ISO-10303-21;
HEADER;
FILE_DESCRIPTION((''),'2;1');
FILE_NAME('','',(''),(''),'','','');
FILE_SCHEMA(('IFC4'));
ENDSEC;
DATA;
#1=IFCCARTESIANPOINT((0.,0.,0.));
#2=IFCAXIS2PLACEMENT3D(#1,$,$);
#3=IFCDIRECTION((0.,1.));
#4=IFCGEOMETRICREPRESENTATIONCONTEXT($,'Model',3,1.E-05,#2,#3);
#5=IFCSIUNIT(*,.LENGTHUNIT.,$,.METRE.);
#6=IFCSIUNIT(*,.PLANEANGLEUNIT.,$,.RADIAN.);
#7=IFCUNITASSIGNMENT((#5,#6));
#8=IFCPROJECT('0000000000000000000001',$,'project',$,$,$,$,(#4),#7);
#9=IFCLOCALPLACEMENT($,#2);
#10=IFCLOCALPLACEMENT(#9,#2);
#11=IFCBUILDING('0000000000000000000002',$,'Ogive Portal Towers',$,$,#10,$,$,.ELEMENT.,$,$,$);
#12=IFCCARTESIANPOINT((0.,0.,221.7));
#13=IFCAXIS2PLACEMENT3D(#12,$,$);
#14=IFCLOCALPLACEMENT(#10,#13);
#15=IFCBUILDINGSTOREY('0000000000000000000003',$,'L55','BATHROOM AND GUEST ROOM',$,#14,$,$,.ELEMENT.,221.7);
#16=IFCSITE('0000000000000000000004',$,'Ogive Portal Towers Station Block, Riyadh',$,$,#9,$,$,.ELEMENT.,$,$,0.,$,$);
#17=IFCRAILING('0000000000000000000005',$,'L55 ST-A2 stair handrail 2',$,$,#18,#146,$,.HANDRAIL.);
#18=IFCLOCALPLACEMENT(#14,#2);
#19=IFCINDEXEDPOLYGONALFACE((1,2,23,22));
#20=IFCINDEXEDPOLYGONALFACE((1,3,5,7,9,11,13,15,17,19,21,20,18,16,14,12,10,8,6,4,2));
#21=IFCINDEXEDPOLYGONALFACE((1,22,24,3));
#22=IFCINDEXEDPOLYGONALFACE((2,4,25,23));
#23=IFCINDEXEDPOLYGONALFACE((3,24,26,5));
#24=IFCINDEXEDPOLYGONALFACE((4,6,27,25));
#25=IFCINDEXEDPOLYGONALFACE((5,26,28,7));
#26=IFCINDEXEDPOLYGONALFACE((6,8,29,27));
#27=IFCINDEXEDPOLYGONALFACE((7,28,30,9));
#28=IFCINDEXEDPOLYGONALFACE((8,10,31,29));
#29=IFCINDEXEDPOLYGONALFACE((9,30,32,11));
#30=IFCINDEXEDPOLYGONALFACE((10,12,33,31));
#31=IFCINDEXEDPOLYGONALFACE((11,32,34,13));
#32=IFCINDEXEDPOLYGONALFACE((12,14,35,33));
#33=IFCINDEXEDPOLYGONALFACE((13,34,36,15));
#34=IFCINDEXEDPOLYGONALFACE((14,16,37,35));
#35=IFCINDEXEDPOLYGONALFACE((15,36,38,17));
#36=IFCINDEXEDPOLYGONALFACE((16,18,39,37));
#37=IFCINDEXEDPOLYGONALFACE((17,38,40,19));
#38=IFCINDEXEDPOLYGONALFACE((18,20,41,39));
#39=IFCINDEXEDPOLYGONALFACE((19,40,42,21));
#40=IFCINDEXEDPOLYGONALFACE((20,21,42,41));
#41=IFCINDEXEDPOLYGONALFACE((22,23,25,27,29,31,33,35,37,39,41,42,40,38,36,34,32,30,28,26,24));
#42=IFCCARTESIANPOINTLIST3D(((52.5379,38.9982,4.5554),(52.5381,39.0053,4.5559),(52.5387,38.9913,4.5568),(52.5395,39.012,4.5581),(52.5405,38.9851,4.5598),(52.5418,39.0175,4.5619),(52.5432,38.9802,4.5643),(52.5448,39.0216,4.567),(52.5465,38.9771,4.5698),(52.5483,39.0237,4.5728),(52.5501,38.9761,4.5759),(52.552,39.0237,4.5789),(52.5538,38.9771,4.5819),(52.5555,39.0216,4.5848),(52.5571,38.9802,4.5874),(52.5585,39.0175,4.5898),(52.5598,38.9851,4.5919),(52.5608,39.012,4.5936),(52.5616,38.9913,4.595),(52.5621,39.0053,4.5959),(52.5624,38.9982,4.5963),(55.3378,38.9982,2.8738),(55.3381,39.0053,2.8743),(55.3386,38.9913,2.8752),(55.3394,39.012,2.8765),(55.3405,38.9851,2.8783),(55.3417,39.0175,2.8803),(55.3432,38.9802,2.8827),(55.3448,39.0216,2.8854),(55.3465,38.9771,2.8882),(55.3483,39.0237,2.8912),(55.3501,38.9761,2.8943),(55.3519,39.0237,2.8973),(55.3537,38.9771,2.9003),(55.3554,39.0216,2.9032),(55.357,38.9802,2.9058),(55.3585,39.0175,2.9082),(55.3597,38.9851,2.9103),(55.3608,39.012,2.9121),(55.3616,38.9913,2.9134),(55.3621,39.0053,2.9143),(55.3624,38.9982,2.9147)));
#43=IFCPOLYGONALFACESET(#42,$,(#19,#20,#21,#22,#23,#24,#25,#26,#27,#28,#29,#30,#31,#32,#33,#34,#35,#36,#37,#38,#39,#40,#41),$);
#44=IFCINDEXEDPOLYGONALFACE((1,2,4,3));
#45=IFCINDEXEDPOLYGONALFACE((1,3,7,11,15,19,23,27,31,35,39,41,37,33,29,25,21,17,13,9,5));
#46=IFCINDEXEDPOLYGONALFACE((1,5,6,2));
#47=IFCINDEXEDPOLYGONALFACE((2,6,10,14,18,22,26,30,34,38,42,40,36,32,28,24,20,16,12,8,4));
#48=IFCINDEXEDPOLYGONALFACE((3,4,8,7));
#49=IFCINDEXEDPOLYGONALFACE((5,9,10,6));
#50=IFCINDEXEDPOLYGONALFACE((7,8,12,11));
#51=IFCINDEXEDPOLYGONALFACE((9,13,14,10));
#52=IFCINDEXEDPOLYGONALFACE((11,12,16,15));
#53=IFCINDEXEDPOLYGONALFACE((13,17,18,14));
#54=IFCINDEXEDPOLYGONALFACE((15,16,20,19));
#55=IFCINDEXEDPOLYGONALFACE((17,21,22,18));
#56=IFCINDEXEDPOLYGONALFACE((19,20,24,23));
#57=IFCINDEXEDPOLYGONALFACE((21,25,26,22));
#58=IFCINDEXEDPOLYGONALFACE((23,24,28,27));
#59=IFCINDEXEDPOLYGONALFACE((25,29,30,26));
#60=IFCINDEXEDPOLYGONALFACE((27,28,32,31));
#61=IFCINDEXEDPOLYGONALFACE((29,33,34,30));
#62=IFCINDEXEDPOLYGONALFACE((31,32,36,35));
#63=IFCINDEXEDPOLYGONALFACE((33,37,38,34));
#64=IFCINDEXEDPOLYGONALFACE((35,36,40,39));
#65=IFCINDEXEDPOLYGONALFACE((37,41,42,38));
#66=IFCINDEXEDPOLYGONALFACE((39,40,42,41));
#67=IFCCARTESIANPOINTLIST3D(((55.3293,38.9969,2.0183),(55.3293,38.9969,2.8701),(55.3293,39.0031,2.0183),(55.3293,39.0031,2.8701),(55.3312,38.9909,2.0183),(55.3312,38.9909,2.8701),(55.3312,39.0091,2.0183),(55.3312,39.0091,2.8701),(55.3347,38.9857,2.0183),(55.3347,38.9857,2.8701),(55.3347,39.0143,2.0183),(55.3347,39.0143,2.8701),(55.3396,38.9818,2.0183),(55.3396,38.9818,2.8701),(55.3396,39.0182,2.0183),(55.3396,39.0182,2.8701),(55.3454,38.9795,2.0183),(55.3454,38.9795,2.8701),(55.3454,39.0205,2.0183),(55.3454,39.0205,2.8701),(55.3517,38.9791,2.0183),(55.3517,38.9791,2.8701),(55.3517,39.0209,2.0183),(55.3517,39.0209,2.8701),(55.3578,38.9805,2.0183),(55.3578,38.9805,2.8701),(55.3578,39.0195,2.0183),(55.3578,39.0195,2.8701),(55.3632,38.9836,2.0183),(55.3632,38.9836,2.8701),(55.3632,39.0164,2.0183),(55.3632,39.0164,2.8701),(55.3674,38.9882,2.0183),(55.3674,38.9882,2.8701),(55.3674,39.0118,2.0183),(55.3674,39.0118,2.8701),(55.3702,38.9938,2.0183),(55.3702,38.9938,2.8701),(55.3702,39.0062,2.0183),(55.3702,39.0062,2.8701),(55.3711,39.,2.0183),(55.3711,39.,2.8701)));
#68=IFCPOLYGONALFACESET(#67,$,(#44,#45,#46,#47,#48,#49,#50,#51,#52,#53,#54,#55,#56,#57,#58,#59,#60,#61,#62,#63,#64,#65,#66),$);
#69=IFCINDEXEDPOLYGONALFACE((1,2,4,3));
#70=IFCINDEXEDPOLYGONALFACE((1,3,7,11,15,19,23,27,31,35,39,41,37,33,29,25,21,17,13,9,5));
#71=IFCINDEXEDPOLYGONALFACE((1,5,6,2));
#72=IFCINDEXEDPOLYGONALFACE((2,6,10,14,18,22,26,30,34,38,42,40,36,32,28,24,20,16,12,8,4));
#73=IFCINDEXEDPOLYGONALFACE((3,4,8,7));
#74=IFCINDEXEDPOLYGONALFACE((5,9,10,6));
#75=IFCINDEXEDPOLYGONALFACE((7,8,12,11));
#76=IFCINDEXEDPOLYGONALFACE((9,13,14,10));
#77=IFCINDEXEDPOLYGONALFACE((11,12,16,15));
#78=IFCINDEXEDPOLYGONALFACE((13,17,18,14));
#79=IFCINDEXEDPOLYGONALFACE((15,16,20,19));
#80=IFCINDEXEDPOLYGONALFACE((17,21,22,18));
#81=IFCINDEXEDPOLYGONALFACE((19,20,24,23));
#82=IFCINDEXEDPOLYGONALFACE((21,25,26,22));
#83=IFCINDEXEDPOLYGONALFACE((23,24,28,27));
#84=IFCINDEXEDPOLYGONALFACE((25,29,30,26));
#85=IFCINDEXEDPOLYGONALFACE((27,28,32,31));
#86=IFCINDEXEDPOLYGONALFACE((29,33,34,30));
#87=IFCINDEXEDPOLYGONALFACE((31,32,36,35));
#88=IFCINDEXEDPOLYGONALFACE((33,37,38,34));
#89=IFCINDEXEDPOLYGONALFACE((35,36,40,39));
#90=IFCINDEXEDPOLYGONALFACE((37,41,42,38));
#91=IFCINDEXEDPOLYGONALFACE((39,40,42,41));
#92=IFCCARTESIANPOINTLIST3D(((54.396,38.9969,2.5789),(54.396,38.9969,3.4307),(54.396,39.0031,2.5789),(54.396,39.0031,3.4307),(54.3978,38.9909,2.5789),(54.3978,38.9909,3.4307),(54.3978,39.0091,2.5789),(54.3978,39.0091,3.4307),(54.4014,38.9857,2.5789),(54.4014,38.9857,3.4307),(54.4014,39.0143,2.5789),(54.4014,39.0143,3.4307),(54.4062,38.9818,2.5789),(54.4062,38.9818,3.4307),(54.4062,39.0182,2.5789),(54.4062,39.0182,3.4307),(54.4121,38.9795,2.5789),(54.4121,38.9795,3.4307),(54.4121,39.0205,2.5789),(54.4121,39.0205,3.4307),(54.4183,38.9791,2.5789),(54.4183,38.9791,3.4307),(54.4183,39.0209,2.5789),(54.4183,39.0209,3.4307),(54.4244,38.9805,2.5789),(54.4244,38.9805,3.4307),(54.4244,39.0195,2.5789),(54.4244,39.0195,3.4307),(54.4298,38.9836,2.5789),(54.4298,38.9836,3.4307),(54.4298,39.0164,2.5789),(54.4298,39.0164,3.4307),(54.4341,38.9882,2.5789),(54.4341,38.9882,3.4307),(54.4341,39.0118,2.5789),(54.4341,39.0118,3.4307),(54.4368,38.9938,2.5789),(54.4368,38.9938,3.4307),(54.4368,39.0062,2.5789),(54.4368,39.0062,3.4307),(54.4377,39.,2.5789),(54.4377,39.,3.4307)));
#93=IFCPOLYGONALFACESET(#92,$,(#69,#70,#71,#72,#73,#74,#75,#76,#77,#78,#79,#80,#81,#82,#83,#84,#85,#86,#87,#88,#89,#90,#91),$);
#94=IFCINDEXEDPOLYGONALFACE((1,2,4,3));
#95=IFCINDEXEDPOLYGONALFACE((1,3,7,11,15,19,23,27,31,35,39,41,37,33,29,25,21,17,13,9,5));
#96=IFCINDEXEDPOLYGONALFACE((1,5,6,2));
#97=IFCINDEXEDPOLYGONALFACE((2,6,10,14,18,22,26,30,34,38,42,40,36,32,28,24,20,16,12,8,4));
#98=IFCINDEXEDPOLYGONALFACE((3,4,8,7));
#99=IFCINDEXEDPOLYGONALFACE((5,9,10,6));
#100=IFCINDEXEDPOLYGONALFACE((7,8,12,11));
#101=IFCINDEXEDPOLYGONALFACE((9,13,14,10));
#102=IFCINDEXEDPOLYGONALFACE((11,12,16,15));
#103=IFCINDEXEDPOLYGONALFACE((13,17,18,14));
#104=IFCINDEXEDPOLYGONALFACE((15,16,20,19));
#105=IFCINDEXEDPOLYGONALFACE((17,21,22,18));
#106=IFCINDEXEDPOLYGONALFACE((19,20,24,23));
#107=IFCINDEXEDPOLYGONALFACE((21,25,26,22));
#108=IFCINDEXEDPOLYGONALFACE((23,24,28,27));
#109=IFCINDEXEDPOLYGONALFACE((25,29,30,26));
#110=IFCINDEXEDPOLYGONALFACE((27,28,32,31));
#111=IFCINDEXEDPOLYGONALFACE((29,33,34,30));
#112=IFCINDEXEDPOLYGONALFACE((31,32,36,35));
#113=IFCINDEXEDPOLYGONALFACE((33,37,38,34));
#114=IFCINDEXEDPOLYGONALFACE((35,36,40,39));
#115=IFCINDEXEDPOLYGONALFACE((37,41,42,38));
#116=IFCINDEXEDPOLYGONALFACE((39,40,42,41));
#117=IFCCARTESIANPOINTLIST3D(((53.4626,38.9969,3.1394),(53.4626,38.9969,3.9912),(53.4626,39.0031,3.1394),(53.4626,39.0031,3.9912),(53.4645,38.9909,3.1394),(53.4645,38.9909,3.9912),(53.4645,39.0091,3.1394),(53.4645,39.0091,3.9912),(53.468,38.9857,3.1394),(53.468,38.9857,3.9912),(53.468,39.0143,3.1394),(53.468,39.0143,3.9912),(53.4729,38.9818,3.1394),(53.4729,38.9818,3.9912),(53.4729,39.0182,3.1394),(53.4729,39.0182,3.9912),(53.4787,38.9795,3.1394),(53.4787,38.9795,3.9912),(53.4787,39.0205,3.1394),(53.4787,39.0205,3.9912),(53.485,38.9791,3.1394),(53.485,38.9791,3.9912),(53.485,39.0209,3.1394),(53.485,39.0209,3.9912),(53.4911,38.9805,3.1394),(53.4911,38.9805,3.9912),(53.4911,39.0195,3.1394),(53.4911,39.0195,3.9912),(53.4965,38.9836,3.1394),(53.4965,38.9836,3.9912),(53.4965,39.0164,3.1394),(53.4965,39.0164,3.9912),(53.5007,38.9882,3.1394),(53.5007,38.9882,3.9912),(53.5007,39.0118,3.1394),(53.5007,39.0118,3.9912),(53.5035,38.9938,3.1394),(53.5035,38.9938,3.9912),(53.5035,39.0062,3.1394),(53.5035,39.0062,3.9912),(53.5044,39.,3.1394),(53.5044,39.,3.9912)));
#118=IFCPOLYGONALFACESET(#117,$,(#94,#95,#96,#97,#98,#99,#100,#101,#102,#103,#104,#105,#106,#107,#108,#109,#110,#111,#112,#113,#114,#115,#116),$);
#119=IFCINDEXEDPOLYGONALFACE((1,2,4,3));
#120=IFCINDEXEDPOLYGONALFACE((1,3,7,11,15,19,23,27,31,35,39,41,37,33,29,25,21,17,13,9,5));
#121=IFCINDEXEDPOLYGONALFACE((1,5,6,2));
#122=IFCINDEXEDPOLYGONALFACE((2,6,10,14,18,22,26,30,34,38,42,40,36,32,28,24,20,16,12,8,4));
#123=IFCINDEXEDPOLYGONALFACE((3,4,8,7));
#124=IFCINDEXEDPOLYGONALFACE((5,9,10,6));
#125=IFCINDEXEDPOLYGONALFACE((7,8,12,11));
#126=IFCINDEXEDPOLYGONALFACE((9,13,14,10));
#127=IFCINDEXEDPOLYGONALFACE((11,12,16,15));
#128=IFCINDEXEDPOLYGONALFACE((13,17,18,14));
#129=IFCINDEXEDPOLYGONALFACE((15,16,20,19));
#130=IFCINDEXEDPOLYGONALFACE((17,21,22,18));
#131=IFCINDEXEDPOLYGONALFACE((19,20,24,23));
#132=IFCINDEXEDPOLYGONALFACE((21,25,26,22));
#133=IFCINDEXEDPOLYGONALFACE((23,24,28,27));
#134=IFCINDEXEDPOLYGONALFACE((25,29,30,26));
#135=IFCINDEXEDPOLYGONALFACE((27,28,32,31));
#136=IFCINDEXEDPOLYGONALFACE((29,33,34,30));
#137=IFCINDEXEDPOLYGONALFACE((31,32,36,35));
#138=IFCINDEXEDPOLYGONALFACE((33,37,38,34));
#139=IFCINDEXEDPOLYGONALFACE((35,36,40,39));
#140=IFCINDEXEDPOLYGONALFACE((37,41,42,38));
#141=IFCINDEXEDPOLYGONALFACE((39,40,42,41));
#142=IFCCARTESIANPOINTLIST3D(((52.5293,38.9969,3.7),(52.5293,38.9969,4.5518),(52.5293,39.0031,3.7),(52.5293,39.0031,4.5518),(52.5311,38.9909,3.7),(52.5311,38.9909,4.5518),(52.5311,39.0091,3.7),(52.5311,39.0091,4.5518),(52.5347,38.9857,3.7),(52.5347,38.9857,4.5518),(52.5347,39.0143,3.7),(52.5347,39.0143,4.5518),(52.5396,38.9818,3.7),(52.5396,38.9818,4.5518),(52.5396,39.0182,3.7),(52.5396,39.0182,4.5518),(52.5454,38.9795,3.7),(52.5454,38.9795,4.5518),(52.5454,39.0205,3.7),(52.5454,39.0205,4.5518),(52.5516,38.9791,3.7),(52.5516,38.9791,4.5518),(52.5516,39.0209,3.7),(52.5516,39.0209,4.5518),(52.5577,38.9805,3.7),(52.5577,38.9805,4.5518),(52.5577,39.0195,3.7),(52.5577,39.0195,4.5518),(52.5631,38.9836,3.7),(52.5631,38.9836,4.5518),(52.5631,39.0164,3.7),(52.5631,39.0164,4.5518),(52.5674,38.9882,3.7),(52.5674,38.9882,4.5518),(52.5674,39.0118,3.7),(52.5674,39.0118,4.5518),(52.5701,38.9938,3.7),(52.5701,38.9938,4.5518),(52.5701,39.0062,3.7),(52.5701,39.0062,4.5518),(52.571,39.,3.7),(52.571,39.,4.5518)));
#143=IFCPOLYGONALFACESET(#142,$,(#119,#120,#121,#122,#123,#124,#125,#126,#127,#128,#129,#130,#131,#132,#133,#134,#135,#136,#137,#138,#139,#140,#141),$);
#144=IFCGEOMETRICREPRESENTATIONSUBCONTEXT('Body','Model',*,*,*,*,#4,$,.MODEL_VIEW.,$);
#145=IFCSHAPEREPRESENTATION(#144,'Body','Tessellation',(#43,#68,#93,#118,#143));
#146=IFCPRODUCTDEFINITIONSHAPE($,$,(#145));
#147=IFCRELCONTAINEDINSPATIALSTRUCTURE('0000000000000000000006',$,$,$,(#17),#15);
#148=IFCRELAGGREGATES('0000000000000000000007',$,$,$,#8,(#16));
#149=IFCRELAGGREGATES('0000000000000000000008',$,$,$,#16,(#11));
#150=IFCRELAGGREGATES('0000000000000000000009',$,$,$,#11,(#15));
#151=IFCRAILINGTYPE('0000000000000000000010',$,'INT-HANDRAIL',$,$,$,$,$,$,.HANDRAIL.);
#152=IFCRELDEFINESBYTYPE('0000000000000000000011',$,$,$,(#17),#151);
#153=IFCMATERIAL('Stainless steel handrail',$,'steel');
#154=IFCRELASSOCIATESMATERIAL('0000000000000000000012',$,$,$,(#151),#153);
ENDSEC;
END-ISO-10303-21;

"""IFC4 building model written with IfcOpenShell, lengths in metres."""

from ifc_helpers import new_model, si_unit, direction, frame, origin, origin_2d, place, context, subcontext, project, spatial, circle, extrude, material, type_object, element, save


model = new_model("IFC4")

# Units and contexts
model_context = context("Model", 3, precision=1e-05, world=origin(), true_north=direction((0.0, 1.0)))
body_context = subcontext(model_context, "Body", "Model", "MODEL_VIEW")
ifc_project = project(units=[si_unit("LENGTHUNIT", "METRE"), si_unit("PLANEANGLEUNIT", "RADIAN")], contexts=[model_context])

# Site, building, storey
site_placement = place(None, origin())
site = spatial("IfcSite", under=ifc_project, at=site_placement, Name="Ogive Portal Towers Station Block, Riyadh", CompositionType="ELEMENT", RefElevation=0.0)
building_placement = place(site_placement, origin())
building = spatial("IfcBuilding", under=site, at=building_placement, Name="Ogive Portal Towers", CompositionType="ELEMENT")
storey_placement = place(building_placement, frame((0.0, 0.0, 221.7)))
storey = spatial("IfcBuildingStorey", under=building, at=storey_placement, Name="L55", Description="BATHROOM AND GUEST ROOM", CompositionType="ELEMENT", Elevation=221.7)

# Railing
ifc_material_1 = material(Name="Stainless steel handrail", Category="steel")
railing_type_1 = type_object("IfcRailingType", Name="INT-HANDRAIL", PredefinedType="HANDRAIL", material=ifc_material_1)
railing_1_placement = place(storey_placement, frame((55.3501, 39.0, 2.0183)))
element("IfcRailing", 1, at=railing_1_placement, inside=storey, type_object=railing_type_1, Name="L55 ST-A2 stair handrail 2", PredefinedType="HANDRAIL", context=body_context, shape_type="SweptSolid", body=[
    extrude(circle(Radius=0.0239, at=origin_2d()), frame((0.0, 0.0, 0.876), z_axis=(-0.857275, 0.0, 0.514858), x_axis=(0.0, -1.0, 0.0)), (0.0, 0.0, 1.0), 3.2661),
    extrude(circle(Radius=0.021, at=origin_2d()), origin(), (0.0, 0.0, 1.0), 0.8518),
    extrude(circle(Radius=0.021, at=origin_2d()), frame((-0.9333, 0.0, 0.5605)), (0.0, 0.0, 1.0), 0.8518),
    extrude(circle(Radius=0.021, at=origin_2d()), frame((-1.8667, 0.0, 1.1211)), (0.0, 0.0, 1.0), 0.8518),
    extrude(circle(Radius=0.021, at=origin_2d()), frame((-2.8, 0.0, 1.6816)), (0.0, 0.0, 1.0), 0.8518),
])

save(model, "model.ifc")
